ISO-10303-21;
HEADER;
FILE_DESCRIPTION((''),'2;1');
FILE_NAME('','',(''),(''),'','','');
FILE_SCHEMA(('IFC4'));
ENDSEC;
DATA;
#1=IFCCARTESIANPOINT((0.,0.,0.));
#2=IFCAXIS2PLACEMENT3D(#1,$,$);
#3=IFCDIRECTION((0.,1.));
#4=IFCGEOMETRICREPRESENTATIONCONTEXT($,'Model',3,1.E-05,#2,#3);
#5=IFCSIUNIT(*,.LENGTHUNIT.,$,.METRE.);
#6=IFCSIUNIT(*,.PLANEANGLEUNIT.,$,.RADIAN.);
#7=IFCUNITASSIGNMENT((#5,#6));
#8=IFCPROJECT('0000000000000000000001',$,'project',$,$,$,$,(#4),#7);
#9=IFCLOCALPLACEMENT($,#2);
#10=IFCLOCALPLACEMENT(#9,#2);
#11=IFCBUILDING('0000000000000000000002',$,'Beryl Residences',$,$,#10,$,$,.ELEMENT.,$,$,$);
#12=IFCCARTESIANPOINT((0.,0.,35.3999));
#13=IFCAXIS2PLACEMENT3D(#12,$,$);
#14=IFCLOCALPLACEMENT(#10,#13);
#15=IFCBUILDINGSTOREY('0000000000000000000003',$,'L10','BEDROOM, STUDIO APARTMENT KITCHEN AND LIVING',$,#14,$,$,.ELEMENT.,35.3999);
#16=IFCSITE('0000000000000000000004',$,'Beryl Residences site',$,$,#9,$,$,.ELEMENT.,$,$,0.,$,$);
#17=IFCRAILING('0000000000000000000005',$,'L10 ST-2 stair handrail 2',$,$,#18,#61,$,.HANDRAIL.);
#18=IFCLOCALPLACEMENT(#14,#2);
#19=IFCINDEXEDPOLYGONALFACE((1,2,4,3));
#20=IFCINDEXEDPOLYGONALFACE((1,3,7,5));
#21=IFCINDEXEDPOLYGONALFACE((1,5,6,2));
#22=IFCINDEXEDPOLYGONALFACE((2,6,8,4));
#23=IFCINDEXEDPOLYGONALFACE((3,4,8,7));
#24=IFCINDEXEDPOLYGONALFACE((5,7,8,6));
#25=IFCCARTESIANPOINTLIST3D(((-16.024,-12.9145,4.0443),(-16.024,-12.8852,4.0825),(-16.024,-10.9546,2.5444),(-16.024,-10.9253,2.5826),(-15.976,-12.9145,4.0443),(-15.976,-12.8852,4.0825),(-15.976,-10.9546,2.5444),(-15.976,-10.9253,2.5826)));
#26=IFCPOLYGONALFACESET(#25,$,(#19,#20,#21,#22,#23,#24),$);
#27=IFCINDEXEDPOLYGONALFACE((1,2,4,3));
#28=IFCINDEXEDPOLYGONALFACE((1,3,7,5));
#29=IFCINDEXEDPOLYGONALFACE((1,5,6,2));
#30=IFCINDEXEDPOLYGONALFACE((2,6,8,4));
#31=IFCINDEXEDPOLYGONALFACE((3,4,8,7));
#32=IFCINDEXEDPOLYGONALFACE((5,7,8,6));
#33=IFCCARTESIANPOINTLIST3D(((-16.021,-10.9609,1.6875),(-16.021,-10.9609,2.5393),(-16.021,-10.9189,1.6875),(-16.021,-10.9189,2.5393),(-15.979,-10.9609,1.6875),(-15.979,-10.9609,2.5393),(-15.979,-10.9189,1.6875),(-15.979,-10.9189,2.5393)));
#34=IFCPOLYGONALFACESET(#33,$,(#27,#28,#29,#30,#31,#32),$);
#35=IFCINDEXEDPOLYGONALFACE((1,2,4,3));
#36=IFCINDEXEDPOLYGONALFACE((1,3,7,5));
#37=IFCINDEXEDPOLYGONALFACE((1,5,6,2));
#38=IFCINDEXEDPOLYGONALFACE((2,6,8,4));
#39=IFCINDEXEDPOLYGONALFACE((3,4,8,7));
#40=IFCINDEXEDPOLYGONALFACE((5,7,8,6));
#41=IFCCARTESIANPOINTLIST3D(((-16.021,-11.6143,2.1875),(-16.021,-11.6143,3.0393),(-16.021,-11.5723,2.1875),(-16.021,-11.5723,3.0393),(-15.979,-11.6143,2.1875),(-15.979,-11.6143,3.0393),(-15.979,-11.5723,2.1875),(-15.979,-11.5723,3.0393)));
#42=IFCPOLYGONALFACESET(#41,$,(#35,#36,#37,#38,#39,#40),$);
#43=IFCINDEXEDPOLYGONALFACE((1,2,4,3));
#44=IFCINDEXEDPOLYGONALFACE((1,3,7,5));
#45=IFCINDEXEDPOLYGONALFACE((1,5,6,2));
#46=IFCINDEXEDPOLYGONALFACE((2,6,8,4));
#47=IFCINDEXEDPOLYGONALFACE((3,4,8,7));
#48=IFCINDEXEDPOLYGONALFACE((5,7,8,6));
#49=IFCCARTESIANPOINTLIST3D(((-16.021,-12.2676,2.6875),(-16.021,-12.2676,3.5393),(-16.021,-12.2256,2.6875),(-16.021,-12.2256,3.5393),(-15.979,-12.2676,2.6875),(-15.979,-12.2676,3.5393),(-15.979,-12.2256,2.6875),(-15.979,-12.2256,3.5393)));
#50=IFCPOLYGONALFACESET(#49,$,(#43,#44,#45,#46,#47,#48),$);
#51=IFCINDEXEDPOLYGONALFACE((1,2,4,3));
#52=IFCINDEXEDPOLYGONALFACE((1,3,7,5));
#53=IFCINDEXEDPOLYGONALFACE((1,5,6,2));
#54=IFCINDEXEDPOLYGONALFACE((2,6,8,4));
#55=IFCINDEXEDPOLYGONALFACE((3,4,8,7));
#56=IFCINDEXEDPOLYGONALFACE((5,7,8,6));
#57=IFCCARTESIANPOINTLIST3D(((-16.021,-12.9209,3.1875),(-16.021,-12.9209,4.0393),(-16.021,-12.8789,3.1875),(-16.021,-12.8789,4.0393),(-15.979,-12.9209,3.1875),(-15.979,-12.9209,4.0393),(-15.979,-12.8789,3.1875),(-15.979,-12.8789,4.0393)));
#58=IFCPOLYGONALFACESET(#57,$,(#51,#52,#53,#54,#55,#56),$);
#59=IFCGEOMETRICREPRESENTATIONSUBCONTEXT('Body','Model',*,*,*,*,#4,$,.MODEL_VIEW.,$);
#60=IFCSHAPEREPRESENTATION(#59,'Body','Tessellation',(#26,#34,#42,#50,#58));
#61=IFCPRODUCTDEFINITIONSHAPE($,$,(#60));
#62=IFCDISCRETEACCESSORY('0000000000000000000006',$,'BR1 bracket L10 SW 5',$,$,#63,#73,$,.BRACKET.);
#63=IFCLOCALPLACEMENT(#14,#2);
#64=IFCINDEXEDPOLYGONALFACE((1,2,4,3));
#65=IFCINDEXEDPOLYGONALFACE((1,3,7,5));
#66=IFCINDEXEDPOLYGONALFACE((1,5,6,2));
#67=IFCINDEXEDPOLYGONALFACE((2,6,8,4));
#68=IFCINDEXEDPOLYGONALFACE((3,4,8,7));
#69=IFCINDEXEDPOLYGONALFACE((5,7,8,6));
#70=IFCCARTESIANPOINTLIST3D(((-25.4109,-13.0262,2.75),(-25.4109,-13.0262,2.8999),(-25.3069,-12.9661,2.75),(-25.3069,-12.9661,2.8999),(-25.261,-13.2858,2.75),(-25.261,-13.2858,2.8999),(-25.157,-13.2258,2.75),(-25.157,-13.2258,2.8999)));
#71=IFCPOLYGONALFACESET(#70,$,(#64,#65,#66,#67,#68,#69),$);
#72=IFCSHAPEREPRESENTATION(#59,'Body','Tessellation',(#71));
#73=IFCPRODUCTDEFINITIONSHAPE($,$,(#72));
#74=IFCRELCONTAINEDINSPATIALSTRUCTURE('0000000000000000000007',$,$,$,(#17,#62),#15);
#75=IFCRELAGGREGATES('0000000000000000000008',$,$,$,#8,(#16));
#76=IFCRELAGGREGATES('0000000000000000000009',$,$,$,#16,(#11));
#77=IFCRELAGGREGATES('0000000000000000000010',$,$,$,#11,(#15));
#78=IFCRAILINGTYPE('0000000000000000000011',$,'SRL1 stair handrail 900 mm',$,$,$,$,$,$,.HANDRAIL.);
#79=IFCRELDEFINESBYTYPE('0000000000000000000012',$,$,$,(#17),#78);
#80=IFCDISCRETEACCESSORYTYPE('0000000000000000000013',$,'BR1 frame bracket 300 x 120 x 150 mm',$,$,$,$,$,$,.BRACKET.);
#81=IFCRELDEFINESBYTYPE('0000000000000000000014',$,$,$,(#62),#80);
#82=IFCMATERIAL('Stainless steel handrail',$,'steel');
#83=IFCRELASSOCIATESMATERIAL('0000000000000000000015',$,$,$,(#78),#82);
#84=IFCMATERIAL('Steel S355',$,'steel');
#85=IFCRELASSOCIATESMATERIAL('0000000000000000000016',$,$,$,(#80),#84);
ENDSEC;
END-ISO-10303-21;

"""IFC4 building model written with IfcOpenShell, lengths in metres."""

from ifc_helpers import new_model, si_unit, direction, frame, origin, origin_2d, place, context, subcontext, project, spatial, polyline, rectangle, outline, extrude, source, transform, mapped, material, type_object, type_shapes, element, save


model = new_model("IFC4")

# Units and contexts
model_context = context("Model", 3, precision=1e-05, world=origin(), true_north=direction((0.0, 1.0)))
body_context = subcontext(model_context, "Body", "Model", "MODEL_VIEW")
ifc_project = project(units=[si_unit("LENGTHUNIT", "METRE"), si_unit("PLANEANGLEUNIT", "RADIAN")], contexts=[model_context])

# Site, building, storey
site_placement = place(None, origin())
site = spatial("IfcSite", under=ifc_project, at=site_placement, Name="Beryl Residences site", CompositionType="ELEMENT", RefElevation=0.0)
building_placement = place(site_placement, origin())
building = spatial("IfcBuilding", under=site, at=building_placement, Name="Beryl Residences", CompositionType="ELEMENT")
storey_placement = place(building_placement, frame((0.0, 0.0, 35.3999)))
storey = spatial("IfcBuildingStorey", under=building, at=storey_placement, Name="L10", Description="BEDROOM, STUDIO APARTMENT KITCHEN AND LIVING", CompositionType="ELEMENT", Elevation=35.3999)

# Railing
ifc_material_1 = material(Name="Stainless steel handrail", Category="steel")
railing_type_1 = type_object("IfcRailingType", Name="SRL1 stair handrail 900 mm", PredefinedType="HANDRAIL", material=ifc_material_1)
railing_1_placement = place(storey_placement, frame((-16.0, -10.9399, 1.6875)))
element("IfcRailing", 1, at=railing_1_placement, inside=storey, type_object=railing_type_1, Name="L10 ST-2 stair handrail 2", PredefinedType="HANDRAIL", context=body_context, shape_type="SweptSolid", body=[
    extrude(rectangle(XDim=0.0481, YDim=0.0481, at=origin_2d()), frame((0.0, 0.0, 0.876), z_axis=(0.0, -0.794122, 0.607758), x_axis=(1.0, 0.0, 0.0)), (0.0, 0.0, 1.0), 2.468),
    extrude(rectangle(XDim=0.042, YDim=0.042, at=origin_2d()), origin(), (0.0, 0.0, 1.0), 0.8518),
    extrude(rectangle(XDim=0.042, YDim=0.042, at=origin_2d()), frame((0.0, -0.6533, 0.5)), (0.0, 0.0, 1.0), 0.8518),
    extrude(rectangle(XDim=0.042, YDim=0.042, at=origin_2d()), frame((0.0, -1.3066, 1.0)), (0.0, 0.0, 1.0), 0.8518),
    extrude(rectangle(XDim=0.042, YDim=0.042, at=origin_2d()), frame((0.0, -1.96, 1.5)), (0.0, 0.0, 1.0), 0.8518),
])

# Discrete accessory
ifc_material_2 = material(Name="Steel S355", Category="steel")
discrete_accessory_type = type_object("IfcDiscreteAccessoryType", Name="BR1 frame bracket 300 x 120 x 150 mm", PredefinedType="BRACKET", material=ifc_material_2)
shared_shape_1 = source(origin(), body_context, "Body", "SweptSolid", [
    extrude(outline(polyline([(-0.1499, 0.0), (0.1499, 0.0), (0.1499, 0.1201), (-0.1499, 0.1201), (-0.1499, 0.0)])), origin(), (0.0, 0.0, 1.0), 0.1499),
])
type_shapes(discrete_accessory_type, [shared_shape_1])
discrete_accessory_placement = place(storey_placement, frame((-25.2319, -13.0959, 2.75), z_axis=(0.0, 0.0, 1.0), x_axis=(-0.5, 0.866025, 0.0)))
element("IfcDiscreteAccessory", 2, at=discrete_accessory_placement, inside=storey, type_object=discrete_accessory_type, Name="BR1 bracket L10 SW 5", PredefinedType="BRACKET", context=body_context, shape_type="MappedRepresentation", body=[
    mapped(shared_shape_1, transform((0.0, 0.0, 0.0))),
])

save(model, "model.ifc")
